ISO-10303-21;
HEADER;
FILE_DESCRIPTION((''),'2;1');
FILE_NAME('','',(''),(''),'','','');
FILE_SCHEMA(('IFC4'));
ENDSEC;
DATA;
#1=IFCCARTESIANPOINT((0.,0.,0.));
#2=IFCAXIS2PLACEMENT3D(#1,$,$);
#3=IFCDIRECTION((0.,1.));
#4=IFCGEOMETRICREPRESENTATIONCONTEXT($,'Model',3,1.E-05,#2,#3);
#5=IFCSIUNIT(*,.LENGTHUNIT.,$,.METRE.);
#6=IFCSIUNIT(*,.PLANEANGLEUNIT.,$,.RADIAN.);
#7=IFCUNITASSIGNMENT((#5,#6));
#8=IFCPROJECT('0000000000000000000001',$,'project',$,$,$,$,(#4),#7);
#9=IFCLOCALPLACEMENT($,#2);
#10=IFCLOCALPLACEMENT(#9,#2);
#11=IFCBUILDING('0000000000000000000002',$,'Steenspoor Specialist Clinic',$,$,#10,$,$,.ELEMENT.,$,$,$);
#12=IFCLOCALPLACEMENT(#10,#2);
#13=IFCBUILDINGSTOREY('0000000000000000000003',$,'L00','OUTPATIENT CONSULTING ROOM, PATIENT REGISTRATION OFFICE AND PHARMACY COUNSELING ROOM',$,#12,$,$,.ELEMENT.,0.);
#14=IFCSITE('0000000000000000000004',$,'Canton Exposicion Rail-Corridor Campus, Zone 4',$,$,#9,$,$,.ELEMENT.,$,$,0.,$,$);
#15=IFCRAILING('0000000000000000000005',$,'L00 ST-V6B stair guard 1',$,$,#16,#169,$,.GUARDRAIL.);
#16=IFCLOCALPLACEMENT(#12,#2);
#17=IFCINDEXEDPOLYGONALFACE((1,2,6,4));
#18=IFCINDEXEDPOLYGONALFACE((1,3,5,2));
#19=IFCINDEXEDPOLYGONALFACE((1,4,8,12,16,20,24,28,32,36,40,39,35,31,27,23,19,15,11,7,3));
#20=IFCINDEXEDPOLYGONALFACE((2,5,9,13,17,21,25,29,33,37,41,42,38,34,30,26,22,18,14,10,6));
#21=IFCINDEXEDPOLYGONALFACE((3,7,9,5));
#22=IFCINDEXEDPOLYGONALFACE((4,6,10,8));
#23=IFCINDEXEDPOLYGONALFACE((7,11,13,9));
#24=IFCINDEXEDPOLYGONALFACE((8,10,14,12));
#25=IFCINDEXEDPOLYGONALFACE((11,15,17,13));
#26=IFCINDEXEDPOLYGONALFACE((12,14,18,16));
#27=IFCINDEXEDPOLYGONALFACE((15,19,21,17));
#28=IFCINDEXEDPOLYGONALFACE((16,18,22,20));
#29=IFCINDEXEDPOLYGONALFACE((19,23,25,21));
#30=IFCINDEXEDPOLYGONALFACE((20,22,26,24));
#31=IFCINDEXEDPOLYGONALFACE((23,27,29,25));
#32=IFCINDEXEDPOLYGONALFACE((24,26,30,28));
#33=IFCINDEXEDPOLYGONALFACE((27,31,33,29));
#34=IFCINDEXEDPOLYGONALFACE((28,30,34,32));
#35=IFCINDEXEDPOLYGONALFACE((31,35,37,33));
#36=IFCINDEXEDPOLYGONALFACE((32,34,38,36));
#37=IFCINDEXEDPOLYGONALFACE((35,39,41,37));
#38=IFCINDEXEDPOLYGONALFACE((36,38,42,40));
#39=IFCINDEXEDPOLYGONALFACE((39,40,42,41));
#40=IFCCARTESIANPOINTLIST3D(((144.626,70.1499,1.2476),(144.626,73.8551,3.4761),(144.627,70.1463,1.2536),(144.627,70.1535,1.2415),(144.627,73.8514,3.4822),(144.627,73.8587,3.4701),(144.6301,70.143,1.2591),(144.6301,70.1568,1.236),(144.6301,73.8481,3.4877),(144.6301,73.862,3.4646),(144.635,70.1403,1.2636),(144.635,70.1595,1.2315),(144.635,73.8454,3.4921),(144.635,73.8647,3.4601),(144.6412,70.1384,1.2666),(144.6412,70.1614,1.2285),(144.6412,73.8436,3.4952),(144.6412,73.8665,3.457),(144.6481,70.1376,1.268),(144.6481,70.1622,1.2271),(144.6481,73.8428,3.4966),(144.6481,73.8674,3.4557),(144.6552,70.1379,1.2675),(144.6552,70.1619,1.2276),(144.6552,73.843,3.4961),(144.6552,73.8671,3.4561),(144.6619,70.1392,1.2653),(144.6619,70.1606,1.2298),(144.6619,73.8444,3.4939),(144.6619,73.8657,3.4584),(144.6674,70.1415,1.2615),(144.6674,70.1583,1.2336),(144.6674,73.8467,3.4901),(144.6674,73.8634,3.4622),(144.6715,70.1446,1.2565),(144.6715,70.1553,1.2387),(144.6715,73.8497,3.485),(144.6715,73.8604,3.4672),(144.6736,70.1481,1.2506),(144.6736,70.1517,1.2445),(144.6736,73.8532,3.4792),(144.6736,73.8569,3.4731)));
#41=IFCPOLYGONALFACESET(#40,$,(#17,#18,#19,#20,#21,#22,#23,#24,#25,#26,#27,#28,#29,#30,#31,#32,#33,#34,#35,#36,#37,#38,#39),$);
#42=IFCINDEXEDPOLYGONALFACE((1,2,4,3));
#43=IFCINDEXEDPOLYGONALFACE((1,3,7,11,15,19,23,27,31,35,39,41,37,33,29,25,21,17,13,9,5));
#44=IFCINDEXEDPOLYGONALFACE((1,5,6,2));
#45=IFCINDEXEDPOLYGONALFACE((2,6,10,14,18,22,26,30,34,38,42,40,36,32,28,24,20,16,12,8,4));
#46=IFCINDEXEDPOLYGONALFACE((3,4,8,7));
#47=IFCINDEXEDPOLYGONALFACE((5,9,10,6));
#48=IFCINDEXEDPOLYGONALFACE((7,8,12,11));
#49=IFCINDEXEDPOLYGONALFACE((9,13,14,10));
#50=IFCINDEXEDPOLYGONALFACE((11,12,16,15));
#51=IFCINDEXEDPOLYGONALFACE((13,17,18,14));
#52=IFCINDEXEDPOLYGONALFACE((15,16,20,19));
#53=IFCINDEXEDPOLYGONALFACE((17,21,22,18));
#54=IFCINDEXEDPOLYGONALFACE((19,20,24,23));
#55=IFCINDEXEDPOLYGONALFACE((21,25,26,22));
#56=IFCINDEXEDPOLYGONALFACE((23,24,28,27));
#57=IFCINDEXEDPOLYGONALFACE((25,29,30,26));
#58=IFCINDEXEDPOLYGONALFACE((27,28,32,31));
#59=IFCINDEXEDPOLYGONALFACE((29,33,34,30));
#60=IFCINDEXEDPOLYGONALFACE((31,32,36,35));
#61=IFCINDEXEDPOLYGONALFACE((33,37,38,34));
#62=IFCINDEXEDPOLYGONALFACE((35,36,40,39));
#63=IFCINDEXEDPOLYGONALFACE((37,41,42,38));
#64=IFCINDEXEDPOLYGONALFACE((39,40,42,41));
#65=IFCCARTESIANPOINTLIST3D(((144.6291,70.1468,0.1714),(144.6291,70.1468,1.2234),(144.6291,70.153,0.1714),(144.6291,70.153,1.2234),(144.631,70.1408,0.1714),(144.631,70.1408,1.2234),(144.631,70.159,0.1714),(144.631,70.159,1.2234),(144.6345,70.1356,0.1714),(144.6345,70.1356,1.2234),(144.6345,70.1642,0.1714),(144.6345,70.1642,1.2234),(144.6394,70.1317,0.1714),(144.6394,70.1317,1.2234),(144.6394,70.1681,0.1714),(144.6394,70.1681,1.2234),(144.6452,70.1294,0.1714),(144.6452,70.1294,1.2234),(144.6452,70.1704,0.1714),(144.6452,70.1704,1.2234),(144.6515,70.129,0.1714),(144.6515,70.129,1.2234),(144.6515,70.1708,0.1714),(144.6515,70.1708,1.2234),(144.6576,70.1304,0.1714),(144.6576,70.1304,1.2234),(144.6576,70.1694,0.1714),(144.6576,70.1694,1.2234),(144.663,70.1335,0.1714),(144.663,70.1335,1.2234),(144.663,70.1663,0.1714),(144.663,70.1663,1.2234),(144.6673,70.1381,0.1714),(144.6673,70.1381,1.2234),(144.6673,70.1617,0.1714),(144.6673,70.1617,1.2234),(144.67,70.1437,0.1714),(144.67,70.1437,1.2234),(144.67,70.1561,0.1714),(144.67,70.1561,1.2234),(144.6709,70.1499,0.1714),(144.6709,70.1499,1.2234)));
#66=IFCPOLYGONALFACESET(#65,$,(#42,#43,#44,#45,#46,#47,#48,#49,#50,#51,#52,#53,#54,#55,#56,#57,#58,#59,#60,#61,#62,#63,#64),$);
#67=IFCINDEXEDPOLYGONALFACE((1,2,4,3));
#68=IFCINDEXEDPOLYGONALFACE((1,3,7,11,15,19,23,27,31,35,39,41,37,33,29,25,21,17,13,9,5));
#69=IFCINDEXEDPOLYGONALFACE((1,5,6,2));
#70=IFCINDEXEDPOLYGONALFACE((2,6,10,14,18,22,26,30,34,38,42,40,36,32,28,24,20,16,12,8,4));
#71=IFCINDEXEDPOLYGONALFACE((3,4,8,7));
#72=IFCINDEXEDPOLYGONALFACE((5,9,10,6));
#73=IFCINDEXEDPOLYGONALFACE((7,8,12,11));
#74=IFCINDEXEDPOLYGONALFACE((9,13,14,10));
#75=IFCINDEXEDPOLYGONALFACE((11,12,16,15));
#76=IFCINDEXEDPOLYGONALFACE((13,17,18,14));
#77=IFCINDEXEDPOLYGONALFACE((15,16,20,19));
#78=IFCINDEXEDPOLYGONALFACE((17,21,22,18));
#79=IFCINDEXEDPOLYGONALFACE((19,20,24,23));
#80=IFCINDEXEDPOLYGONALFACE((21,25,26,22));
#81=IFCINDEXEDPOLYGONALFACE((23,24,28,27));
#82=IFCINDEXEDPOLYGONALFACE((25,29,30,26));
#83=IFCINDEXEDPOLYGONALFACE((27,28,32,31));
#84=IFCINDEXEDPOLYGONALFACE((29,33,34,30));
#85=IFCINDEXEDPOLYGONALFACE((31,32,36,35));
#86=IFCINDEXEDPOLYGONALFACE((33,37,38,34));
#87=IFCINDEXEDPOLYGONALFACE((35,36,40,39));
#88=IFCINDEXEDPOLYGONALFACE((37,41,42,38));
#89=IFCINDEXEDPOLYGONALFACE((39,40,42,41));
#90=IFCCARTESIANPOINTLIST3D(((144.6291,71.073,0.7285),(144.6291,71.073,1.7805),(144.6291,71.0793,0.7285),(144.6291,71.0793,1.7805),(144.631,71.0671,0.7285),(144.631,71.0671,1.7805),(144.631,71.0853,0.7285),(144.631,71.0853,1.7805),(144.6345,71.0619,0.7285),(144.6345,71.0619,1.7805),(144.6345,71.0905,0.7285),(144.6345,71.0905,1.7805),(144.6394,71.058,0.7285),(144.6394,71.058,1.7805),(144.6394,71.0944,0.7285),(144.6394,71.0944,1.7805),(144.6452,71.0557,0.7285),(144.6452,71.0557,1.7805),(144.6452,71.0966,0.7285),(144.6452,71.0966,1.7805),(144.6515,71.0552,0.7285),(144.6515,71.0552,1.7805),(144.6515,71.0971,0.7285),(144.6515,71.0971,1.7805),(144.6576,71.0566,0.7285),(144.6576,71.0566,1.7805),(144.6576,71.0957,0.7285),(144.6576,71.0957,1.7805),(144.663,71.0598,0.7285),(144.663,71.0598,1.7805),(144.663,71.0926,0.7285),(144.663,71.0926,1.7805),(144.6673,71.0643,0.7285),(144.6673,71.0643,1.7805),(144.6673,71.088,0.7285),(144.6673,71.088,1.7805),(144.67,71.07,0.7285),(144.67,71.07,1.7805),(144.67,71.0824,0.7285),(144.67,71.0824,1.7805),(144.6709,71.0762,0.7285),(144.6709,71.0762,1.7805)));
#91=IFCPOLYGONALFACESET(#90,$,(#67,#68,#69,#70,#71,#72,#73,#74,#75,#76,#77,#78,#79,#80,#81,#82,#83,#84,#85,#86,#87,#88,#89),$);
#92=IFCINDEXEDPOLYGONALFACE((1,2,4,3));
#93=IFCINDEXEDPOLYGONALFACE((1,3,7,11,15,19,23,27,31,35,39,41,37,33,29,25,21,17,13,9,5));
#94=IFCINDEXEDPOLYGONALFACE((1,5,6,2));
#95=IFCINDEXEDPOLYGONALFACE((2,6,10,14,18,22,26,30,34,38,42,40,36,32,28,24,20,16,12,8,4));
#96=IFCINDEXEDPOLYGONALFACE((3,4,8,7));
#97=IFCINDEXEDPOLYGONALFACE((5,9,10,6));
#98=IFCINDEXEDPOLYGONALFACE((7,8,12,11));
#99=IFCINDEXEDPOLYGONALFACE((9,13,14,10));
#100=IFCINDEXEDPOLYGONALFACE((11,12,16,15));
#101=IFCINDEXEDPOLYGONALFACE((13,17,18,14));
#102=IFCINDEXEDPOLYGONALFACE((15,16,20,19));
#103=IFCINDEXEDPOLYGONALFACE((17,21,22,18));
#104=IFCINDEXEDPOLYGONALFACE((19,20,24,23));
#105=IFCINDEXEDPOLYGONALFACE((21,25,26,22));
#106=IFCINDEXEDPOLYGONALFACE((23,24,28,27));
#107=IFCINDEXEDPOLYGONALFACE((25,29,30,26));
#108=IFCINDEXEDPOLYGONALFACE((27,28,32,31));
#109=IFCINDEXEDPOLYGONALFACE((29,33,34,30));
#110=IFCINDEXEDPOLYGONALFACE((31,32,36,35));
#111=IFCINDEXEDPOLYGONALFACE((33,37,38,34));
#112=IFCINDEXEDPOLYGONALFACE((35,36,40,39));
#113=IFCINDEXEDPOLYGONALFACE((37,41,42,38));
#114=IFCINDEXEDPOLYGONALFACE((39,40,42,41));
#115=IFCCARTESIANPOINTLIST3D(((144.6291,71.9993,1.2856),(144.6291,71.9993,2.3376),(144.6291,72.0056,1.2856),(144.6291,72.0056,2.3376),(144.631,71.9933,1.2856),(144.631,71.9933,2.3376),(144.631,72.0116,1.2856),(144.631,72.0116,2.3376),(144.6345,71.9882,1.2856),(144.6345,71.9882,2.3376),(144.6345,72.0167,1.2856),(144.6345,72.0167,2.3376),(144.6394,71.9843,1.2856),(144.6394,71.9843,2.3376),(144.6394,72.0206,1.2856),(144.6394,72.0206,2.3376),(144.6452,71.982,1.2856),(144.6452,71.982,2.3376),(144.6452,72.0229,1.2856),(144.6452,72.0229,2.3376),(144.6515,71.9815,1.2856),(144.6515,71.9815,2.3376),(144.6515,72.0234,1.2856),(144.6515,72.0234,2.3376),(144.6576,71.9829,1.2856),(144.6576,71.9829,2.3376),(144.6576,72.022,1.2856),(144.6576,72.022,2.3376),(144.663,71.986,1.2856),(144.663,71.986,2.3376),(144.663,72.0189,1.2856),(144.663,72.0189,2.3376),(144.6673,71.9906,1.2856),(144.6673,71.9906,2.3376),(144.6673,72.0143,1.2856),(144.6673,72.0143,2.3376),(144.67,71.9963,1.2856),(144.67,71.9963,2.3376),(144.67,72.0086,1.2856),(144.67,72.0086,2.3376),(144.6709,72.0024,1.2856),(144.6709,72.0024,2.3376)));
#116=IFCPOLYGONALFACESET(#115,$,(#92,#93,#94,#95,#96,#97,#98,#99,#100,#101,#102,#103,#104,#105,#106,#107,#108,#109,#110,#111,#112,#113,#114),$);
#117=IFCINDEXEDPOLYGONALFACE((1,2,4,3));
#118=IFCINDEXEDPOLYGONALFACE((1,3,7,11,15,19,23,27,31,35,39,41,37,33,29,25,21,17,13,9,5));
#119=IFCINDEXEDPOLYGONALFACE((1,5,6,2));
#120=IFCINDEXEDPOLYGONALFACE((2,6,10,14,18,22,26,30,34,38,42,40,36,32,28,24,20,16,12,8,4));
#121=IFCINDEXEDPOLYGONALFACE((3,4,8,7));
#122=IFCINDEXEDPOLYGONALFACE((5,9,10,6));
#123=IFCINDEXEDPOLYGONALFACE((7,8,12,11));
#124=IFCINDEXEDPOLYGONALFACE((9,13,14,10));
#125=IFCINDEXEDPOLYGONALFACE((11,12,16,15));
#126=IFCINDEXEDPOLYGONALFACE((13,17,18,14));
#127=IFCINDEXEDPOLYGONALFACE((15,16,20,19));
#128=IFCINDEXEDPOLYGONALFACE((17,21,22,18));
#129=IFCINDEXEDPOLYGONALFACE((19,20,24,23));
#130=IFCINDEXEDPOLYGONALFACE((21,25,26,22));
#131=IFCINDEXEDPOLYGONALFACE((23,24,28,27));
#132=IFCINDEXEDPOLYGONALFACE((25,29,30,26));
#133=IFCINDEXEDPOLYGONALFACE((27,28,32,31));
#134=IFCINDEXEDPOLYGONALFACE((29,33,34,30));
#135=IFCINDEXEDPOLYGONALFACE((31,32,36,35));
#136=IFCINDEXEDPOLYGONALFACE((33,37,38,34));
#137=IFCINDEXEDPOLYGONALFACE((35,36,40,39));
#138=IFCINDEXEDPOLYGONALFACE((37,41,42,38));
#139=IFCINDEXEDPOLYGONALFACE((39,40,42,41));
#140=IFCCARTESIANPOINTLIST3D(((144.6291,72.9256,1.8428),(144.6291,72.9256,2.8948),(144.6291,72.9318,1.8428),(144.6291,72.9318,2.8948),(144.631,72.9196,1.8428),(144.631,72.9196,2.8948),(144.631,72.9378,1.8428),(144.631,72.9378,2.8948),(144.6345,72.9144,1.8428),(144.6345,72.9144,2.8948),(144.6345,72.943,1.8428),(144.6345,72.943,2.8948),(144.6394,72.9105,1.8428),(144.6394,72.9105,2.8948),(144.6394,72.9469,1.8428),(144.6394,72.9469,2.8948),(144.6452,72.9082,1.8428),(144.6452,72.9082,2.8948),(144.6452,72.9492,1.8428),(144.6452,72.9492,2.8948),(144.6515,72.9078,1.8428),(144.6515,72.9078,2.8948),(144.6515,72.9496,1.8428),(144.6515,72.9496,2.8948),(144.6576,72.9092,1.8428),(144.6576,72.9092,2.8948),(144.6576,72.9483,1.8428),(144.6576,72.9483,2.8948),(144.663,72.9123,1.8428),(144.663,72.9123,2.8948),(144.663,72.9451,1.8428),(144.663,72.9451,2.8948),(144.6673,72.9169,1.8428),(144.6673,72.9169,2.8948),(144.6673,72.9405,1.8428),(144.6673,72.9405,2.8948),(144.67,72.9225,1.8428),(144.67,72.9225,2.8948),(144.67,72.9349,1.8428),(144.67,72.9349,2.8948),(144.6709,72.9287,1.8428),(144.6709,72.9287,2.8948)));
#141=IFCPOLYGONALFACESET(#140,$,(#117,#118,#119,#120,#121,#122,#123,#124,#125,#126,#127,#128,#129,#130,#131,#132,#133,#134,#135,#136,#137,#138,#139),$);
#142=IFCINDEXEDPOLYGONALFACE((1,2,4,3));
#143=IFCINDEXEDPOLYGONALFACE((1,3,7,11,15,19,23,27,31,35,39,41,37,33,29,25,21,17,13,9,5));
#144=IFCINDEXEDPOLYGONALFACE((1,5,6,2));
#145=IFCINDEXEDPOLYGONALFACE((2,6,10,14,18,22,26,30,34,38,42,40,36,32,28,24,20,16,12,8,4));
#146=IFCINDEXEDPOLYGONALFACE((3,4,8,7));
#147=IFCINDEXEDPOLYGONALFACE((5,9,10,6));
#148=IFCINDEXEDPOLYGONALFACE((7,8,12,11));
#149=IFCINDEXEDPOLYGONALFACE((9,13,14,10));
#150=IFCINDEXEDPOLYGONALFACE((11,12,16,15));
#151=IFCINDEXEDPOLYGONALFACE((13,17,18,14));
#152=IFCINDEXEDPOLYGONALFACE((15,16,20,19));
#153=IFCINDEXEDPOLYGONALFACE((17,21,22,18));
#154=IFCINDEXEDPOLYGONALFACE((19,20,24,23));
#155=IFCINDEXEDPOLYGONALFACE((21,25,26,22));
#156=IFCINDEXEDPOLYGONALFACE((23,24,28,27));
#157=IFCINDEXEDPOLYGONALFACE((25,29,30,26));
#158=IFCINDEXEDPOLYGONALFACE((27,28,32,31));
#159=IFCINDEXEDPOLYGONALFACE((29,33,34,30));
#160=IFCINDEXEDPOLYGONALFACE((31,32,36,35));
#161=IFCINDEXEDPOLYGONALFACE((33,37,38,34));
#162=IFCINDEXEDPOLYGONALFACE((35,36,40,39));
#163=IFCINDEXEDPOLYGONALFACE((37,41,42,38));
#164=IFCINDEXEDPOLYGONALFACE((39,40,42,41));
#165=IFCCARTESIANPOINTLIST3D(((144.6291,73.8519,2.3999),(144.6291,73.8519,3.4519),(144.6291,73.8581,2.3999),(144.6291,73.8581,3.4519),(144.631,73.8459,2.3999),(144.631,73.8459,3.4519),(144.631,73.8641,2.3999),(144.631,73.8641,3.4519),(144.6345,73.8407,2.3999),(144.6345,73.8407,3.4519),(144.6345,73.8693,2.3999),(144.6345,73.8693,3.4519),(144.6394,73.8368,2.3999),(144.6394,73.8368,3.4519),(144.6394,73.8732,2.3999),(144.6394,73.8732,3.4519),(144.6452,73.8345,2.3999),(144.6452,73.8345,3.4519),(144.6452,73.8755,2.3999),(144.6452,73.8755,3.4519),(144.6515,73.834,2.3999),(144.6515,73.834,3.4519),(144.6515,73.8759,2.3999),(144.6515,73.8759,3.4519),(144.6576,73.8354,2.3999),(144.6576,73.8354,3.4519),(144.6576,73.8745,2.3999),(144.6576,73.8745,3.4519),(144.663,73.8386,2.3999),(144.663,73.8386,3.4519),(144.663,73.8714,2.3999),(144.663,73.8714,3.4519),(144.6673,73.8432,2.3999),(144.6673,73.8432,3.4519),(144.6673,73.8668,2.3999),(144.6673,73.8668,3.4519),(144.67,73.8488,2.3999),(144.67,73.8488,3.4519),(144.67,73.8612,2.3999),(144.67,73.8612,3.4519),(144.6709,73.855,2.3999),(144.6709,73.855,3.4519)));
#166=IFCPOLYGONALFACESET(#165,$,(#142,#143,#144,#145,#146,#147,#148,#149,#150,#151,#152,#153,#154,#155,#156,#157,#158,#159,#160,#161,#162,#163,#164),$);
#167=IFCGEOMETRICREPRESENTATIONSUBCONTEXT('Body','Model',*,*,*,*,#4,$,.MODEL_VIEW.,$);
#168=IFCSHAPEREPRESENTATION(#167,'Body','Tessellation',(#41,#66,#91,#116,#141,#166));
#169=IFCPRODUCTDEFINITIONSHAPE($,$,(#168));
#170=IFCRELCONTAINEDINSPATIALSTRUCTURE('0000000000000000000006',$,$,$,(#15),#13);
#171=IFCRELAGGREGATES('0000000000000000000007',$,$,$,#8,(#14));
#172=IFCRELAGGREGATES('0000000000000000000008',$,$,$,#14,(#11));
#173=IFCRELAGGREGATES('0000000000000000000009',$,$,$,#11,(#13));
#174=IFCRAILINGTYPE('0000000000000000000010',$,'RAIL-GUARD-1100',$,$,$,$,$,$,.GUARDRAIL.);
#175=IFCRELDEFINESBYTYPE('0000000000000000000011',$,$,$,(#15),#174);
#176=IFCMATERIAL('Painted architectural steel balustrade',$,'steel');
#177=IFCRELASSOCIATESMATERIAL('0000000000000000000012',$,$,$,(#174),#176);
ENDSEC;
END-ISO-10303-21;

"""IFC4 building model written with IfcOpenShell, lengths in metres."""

from ifc_helpers import new_model, si_unit, direction, frame, origin, origin_2d, place, context, subcontext, project, spatial, circle, extrude, material, type_object, element, save


model = new_model("IFC4")

# Units and contexts
model_context = context("Model", 3, precision=1e-05, world=origin(), true_north=direction((0.0, 1.0)))
body_context = subcontext(model_context, "Body", "Model", "MODEL_VIEW")
ifc_project = project(units=[si_unit("LENGTHUNIT", "METRE"), si_unit("PLANEANGLEUNIT", "RADIAN")], contexts=[model_context])

# Site, building, storey
site_placement = place(None, origin())
site = spatial("IfcSite", under=ifc_project, at=site_placement, Name="Canton Exposicion Rail-Corridor Campus, Zone 4", CompositionType="ELEMENT", RefElevation=0.0)
building_placement = place(site_placement, origin())
building = spatial("IfcBuilding", under=site, at=building_placement, Name="Steenspoor Specialist Clinic", CompositionType="ELEMENT")
storey_placement = place(building_placement, origin())
storey = spatial("IfcBuildingStorey", under=building, at=storey_placement, Name="L00", Description="OUTPATIENT CONSULTING ROOM, PATIENT REGISTRATION OFFICE AND PHARMACY COUNSELING ROOM", CompositionType="ELEMENT", Elevation=0.0)

# Railing
ifc_material_1 = material(Name="Painted architectural steel balustrade", Category="steel")
railing_type_1 = type_object("IfcRailingType", Name="RAIL-GUARD-1100", PredefinedType="GUARDRAIL", material=ifc_material_1)
railing_1_placement = place(storey_placement, frame((144.6499, 70.1499, 0.1714)))
element("IfcRailing", 1, at=railing_1_placement, inside=storey, type_object=railing_type_1, Name="L00 ST-V6B stair guard 1", PredefinedType="GUARDRAIL", context=body_context, shape_type="SweptSolid", body=[
    extrude(circle(Radius=0.0239, at=origin_2d()), frame((0.0, 0.0, 1.0762), z_axis=(0.0, 0.856934, 0.515425), x_axis=(-1.0, 0.0, 0.0)), (0.0, 0.0, 1.0), 4.3237),
    extrude(circle(Radius=0.021, at=origin_2d()), origin(), (0.0, 0.0, 1.0), 1.052),
    extrude(circle(Radius=0.021, at=origin_2d()), frame((0.0, 0.9263, 0.5571)), (0.0, 0.0, 1.0), 1.052),
    extrude(circle(Radius=0.021, at=origin_2d()), frame((0.0, 1.8525, 1.1143)), (0.0, 0.0, 1.0), 1.052),
    extrude(circle(Radius=0.021, at=origin_2d()), frame((0.0, 2.7788, 1.6714)), (0.0, 0.0, 1.0), 1.052),
    extrude(circle(Radius=0.021, at=origin_2d()), frame((0.0, 3.7051, 2.2285)), (0.0, 0.0, 1.0), 1.052),
])

save(model, "model.ifc")
